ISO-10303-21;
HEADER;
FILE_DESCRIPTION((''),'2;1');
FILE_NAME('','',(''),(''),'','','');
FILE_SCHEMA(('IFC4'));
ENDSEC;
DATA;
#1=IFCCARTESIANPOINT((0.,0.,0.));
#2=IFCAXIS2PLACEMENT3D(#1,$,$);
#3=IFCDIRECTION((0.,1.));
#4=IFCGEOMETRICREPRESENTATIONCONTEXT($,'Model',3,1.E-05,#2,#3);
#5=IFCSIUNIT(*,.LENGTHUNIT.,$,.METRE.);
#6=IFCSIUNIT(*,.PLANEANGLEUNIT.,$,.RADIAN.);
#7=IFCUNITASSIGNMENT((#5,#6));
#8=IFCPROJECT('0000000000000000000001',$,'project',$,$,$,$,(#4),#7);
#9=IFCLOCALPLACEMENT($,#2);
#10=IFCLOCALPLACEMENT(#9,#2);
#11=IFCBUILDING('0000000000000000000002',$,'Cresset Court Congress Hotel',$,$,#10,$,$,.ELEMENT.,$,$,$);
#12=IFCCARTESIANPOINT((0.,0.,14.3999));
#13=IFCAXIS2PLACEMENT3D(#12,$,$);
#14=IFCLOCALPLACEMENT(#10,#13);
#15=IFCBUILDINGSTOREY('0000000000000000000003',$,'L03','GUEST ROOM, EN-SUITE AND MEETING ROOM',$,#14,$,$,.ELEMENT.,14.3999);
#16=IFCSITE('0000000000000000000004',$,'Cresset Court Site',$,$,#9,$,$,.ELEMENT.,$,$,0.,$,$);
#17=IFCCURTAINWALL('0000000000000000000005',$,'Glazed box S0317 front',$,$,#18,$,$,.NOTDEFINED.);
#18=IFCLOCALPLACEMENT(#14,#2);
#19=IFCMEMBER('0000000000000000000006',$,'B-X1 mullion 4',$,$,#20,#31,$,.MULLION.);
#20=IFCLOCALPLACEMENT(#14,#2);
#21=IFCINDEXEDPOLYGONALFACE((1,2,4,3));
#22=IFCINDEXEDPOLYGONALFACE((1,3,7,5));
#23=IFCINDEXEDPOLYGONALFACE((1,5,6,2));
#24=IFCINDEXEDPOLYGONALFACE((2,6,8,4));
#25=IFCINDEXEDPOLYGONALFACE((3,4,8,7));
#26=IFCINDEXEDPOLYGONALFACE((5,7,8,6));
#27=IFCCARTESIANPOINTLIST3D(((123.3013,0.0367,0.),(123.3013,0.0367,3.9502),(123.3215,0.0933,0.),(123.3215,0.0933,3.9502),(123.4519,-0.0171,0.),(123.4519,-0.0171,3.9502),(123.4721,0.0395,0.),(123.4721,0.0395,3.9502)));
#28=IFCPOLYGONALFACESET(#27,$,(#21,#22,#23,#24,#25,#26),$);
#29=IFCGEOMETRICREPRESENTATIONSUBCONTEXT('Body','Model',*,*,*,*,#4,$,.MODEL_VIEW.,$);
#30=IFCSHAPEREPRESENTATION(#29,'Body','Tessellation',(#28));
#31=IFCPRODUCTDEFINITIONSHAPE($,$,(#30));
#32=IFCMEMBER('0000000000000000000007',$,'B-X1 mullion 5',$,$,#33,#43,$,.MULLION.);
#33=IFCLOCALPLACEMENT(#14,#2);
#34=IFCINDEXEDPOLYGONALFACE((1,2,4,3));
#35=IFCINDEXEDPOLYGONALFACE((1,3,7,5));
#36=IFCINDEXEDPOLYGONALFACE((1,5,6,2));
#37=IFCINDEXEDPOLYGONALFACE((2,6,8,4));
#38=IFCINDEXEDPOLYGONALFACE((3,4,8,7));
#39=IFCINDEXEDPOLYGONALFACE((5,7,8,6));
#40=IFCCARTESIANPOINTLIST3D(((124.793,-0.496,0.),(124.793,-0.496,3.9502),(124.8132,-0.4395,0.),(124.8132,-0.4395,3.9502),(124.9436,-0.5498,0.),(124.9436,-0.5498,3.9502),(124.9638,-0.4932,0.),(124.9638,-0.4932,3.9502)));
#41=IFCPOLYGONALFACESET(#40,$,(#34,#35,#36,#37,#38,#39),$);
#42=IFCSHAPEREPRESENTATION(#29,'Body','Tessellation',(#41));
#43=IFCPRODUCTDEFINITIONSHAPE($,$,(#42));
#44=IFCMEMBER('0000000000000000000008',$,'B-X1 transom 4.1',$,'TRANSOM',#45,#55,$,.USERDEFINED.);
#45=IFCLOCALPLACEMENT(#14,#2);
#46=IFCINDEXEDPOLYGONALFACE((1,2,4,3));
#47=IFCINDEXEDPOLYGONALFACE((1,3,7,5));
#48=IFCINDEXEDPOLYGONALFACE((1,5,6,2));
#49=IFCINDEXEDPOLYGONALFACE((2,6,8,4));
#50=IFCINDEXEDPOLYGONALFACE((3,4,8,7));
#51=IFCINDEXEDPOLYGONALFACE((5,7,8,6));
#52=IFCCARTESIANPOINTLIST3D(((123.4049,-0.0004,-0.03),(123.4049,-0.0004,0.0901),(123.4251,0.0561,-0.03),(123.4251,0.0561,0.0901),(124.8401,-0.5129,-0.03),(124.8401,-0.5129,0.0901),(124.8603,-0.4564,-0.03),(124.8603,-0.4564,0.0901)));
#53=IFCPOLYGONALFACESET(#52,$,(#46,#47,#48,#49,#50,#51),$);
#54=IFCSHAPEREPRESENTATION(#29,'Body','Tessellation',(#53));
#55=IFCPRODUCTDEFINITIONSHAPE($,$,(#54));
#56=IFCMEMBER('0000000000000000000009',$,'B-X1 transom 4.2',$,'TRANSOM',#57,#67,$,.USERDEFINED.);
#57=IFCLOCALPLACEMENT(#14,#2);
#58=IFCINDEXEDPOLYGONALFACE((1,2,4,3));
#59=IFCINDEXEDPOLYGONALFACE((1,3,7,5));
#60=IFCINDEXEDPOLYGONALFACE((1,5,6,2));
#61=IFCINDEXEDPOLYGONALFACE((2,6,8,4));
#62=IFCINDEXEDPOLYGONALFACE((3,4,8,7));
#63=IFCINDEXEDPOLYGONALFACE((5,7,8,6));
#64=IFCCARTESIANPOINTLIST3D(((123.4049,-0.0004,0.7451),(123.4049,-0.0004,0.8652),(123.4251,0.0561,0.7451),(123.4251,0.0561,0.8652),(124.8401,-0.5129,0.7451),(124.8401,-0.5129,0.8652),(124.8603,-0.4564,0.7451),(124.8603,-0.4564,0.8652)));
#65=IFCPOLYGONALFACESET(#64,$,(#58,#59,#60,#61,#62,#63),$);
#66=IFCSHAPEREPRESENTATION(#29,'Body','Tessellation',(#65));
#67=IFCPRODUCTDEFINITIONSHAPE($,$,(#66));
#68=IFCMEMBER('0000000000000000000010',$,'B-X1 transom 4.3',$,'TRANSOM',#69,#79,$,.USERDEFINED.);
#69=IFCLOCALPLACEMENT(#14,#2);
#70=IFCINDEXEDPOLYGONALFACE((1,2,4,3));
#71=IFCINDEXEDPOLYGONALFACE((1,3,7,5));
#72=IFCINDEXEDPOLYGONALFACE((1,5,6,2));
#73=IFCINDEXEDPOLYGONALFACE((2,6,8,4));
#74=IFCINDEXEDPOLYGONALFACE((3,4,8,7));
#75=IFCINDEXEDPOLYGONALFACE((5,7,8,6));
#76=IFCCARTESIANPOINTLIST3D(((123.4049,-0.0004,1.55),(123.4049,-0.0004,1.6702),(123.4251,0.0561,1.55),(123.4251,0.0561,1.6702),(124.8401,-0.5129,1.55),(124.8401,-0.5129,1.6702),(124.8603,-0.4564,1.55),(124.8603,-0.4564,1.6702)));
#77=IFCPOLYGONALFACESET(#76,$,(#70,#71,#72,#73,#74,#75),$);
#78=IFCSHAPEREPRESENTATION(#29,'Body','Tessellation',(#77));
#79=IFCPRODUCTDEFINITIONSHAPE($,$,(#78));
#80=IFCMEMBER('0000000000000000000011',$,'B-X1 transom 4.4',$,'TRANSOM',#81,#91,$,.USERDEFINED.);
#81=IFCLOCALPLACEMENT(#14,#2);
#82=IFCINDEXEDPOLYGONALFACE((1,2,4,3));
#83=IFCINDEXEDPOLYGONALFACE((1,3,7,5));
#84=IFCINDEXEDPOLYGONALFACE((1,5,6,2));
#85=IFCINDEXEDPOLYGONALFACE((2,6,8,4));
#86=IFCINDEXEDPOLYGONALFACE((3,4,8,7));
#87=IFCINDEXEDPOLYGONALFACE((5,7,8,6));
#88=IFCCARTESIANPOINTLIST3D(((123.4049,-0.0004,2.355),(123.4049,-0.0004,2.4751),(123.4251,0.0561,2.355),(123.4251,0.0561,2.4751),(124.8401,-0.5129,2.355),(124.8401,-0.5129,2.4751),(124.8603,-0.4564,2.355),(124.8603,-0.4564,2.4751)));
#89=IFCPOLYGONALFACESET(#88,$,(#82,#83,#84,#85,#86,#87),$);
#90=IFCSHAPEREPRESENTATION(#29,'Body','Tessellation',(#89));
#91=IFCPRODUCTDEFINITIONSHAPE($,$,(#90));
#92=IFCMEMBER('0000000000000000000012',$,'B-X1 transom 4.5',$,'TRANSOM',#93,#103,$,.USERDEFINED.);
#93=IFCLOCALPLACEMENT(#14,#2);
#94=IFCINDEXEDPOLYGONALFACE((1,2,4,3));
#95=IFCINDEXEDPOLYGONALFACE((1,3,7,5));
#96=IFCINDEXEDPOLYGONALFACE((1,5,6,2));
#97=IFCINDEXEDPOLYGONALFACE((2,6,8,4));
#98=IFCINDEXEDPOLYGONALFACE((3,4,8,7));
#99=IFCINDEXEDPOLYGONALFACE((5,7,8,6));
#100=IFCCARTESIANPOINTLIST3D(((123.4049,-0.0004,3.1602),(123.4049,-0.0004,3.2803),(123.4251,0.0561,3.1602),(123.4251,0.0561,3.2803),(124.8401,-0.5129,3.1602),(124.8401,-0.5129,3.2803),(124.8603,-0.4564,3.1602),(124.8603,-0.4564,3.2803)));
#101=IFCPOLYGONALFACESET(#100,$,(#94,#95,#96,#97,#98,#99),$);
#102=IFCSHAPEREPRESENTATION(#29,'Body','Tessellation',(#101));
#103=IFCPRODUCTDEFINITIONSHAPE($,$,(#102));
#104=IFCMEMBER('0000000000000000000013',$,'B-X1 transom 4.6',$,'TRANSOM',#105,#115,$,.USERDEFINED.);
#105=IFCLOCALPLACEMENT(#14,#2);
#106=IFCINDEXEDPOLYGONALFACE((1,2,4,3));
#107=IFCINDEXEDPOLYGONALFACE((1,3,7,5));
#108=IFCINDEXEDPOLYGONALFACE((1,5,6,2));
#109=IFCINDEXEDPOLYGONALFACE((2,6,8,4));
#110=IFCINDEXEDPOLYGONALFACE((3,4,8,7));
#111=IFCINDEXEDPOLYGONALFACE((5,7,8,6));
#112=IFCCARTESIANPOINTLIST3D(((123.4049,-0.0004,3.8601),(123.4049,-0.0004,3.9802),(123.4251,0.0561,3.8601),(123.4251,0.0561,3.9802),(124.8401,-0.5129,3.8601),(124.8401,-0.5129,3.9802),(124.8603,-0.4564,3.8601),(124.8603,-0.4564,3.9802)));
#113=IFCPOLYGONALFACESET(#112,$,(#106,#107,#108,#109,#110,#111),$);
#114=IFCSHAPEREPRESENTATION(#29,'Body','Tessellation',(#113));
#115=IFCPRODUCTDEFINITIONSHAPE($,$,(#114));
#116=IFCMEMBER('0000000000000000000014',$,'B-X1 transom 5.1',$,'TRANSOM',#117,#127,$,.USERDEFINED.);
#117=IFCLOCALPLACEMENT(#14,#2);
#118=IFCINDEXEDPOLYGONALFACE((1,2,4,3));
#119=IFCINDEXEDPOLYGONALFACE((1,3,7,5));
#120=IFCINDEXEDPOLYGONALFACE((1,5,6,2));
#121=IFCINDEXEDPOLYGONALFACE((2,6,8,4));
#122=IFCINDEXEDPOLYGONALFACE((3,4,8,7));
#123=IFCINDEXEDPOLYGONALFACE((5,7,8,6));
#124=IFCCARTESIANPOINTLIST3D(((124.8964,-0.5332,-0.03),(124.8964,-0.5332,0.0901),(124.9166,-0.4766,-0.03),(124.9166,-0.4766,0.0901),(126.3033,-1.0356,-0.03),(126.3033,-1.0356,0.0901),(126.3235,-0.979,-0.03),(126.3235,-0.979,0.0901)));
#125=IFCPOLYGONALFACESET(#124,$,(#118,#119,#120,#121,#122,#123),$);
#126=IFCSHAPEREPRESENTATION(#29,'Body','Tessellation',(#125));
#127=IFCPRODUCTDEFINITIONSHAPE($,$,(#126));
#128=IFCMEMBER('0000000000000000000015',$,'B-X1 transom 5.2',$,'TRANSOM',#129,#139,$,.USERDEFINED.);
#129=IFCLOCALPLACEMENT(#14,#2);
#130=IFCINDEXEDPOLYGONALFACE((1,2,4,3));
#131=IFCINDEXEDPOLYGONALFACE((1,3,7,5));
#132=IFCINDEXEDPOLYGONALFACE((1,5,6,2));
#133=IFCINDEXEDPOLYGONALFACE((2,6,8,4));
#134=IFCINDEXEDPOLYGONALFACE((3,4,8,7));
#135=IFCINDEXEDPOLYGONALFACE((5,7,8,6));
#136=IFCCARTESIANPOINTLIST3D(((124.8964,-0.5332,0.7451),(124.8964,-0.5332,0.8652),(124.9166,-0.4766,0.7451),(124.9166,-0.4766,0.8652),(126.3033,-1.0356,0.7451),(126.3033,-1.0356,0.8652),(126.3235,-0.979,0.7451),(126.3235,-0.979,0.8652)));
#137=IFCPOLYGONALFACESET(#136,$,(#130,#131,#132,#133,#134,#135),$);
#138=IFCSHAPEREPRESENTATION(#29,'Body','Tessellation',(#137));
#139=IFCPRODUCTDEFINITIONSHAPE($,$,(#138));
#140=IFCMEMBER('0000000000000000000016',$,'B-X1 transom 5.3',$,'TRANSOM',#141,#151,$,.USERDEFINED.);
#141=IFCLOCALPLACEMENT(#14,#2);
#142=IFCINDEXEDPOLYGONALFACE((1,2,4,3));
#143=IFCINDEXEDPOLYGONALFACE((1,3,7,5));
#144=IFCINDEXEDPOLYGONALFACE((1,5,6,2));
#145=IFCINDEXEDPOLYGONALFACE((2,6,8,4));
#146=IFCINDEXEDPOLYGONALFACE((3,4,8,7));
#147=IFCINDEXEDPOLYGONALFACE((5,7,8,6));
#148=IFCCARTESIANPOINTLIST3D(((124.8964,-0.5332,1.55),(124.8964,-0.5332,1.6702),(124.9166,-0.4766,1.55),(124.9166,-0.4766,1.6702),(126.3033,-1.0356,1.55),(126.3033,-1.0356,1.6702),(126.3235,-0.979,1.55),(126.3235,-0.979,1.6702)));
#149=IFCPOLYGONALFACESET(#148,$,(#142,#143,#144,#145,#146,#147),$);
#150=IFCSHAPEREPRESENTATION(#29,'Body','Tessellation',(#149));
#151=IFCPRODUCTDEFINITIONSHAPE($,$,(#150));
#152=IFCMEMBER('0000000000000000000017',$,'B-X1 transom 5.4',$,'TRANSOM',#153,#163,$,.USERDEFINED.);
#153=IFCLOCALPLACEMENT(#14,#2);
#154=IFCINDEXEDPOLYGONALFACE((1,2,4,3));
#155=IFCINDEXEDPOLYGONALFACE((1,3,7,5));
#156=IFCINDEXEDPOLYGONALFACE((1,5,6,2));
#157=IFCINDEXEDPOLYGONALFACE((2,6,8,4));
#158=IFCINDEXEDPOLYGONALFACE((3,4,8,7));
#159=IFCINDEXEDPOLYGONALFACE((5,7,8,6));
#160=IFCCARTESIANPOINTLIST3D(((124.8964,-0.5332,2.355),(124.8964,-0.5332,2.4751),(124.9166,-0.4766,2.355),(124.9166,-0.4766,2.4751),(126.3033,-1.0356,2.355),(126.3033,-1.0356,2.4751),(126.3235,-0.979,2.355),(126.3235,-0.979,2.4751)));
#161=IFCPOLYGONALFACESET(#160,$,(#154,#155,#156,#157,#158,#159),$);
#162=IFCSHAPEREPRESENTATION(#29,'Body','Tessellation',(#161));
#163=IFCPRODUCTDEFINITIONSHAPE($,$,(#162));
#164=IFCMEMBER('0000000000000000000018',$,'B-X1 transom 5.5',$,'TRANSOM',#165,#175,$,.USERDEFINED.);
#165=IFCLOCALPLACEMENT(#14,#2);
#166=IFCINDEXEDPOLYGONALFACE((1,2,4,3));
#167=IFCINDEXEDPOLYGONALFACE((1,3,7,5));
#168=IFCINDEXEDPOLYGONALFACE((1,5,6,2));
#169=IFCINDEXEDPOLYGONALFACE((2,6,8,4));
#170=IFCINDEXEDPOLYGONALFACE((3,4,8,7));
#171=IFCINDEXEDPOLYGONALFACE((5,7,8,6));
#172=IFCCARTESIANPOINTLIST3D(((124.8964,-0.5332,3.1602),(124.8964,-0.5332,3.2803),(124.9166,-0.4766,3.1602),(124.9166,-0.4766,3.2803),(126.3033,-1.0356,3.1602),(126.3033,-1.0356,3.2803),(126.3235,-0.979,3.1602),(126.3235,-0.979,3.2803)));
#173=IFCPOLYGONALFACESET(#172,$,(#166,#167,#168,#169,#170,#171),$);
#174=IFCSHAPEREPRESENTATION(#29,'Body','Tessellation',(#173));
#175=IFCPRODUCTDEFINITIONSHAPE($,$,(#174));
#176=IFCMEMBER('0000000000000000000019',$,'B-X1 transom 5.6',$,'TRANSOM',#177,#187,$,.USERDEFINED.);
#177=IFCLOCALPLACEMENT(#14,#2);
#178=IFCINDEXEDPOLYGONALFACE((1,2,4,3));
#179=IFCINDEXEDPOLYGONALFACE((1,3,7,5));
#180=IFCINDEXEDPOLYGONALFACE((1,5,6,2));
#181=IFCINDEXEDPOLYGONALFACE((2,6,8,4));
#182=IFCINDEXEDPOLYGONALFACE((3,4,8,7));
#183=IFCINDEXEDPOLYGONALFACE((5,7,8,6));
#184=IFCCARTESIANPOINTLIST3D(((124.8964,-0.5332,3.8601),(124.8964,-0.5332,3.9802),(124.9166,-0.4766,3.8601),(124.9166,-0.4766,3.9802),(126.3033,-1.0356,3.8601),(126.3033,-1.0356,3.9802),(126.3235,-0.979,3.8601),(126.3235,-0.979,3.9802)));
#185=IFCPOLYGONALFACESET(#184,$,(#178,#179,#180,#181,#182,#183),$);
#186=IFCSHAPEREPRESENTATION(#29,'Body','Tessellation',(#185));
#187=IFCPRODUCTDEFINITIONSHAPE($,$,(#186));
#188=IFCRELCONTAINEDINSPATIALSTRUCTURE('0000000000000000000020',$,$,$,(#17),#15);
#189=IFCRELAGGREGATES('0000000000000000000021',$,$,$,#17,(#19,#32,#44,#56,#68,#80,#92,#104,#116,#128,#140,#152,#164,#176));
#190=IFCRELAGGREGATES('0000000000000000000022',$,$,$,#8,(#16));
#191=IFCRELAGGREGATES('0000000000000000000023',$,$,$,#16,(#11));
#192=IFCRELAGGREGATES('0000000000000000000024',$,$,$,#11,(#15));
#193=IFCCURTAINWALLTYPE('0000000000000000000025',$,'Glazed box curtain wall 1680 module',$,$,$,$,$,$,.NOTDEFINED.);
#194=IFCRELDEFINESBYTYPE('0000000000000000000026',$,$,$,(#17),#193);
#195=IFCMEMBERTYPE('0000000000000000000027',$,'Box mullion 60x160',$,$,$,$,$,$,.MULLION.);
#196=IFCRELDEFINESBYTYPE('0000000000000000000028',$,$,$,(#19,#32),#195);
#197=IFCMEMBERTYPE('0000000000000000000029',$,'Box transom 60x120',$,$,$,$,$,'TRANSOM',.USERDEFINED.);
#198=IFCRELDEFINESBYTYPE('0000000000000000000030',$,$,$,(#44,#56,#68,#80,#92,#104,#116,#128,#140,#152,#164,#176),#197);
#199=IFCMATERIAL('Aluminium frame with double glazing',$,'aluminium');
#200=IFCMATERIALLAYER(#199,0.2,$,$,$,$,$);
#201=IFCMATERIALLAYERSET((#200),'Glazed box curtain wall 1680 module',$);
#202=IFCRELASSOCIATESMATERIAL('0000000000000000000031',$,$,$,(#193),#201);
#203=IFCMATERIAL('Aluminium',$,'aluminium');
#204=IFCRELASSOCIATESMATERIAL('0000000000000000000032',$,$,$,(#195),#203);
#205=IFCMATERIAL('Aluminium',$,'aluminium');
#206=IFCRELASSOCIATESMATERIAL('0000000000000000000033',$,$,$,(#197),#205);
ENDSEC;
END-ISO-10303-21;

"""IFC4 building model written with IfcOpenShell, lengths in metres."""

from ifc_helpers import new_model, si_unit, direction, frame, origin, origin_2d, place, context, subcontext, project, spatial, rectangle, extrude, material, layer, layer_set, material_profile, profile_set, type_object, element, aggregate, save


model = new_model("IFC4")

# Units and contexts
model_context = context("Model", 3, precision=1e-05, world=origin(), true_north=direction((0.0, 1.0)))
body_context = subcontext(model_context, "Body", "Model", "MODEL_VIEW")
ifc_project = project(units=[si_unit("LENGTHUNIT", "METRE"), si_unit("PLANEANGLEUNIT", "RADIAN")], contexts=[model_context])

# Site, building, storey
site_placement = place(None, origin())
site = spatial("IfcSite", under=ifc_project, at=site_placement, Name="Cresset Court Site", CompositionType="ELEMENT", RefElevation=0.0)
building_placement = place(site_placement, origin())
building = spatial("IfcBuilding", under=site, at=building_placement, Name="Cresset Court Congress Hotel", CompositionType="ELEMENT")
storey_placement = place(building_placement, frame((0.0, 0.0, 14.3999)))
storey = spatial("IfcBuildingStorey", under=building, at=storey_placement, Name="L03", Description="GUEST ROOM, EN-SUITE AND MEETING ROOM", CompositionType="ELEMENT", Elevation=14.3999)

# Curtain wall, members
ifc_material_1 = material(Name="Aluminium frame with double glazing", Category="aluminium")
ifc_layer_1 = layer(ifc_material_1, 0.2)
ifc_layer_set_1 = layer_set([ifc_layer_1], Name="Glazed box curtain wall 1680 module")
curtain_wall_type = type_object("IfcCurtainWallType", Name="Glazed box curtain wall 1680 module", PredefinedType="NOTDEFINED", material=ifc_layer_set_1)
curtain_wall_placement = place(storey_placement, origin())
curtain_wall = element("IfcCurtainWall", 1, at=curtain_wall_placement, inside=storey, type_object=curtain_wall_type, Name="Glazed box S0317 front", PredefinedType="NOTDEFINED")
ifc_material_2 = material(Name="Aluminium", Category="aluminium")
ifc_material_profile_1 = material_profile(ifc_material_2, rectangle(XDim=0.0601, YDim=0.1599, at=origin_2d()), Name="Box mullion 60x160")
ifc_profile_set_1 = profile_set([ifc_material_profile_1], Name="Aluminium")
member_type_1 = type_object("IfcMemberType", Name="Box mullion 60x160", PredefinedType="MULLION", material=ifc_profile_set_1)
member_1_placement = place(storey_placement, frame((123.3867, 0.0381, 0.0), z_axis=(0.0, 0.0, 1.0), x_axis=(0.336336, 0.941742, 0.0)))
member_1 = element("IfcMember", 2, at=member_1_placement, type_object=member_type_1, Name="B-X1 mullion 4", PredefinedType="MULLION", context=body_context, shape_type="SweptSolid", body=[
    extrude(rectangle(XDim=0.0601, YDim=0.1599, at=origin_2d()), origin(), (0.0, 0.0, 1.0), 3.9502),
])
member_2_placement = place(storey_placement, frame((124.8784, -0.4946, 0.0), z_axis=(0.0, 0.0, 1.0), x_axis=(0.336336, 0.941742, 0.0)))
member_2 = element("IfcMember", 3, at=member_2_placement, type_object=member_type_1, Name="B-X1 mullion 5", PredefinedType="MULLION", context=body_context, shape_type="SweptSolid", body=[
    extrude(rectangle(XDim=0.0601, YDim=0.1599, at=origin_2d()), origin(), (0.0, 0.0, 1.0), 3.9502),
])
ifc_material_3 = material(Name="Aluminium", Category="aluminium")
ifc_material_profile_2 = material_profile(ifc_material_3, rectangle(XDim=0.0601, YDim=0.1201, at=origin_2d()), Name="Box transom 60x120")
ifc_profile_set_2 = profile_set([ifc_material_profile_2], Name="Aluminium")
member_type_2 = type_object("IfcMemberType", Name="Box transom 60x120", ElementType="TRANSOM", PredefinedType="USERDEFINED", material=ifc_profile_set_2)
member_3_placement = place(storey_placement, frame((123.415, 0.0278, 0.03), z_axis=(0.941756, -0.336296, 0.0), x_axis=(0.336296, 0.941756, 0.0)))
member_3 = element("IfcMember", 4, at=member_3_placement, type_object=member_type_2, Name="B-X1 transom 4.1", ObjectType="TRANSOM", PredefinedType="USERDEFINED", context=body_context, shape_type="SweptSolid", body=[
    extrude(rectangle(XDim=0.0601, YDim=0.1201, at=origin_2d()), origin(), (0.0, 0.0, 1.0), 1.5239),
])
member_4_placement = place(storey_placement, frame((123.415, 0.0278, 0.8052), z_axis=(0.941756, -0.336296, 0.0), x_axis=(0.336296, 0.941756, 0.0)))
member_4 = element("IfcMember", 5, at=member_4_placement, type_object=member_type_2, Name="B-X1 transom 4.2", ObjectType="TRANSOM", PredefinedType="USERDEFINED", context=body_context, shape_type="SweptSolid", body=[
    extrude(rectangle(XDim=0.0601, YDim=0.1201, at=origin_2d()), origin(), (0.0, 0.0, 1.0), 1.5239),
])
member_5_placement = place(storey_placement, frame((123.415, 0.0278, 1.6101), z_axis=(0.941756, -0.336296, 0.0), x_axis=(0.336296, 0.941756, 0.0)))
member_5 = element("IfcMember", 6, at=member_5_placement, type_object=member_type_2, Name="B-X1 transom 4.3", ObjectType="TRANSOM", PredefinedType="USERDEFINED", context=body_context, shape_type="SweptSolid", body=[
    extrude(rectangle(XDim=0.0601, YDim=0.1201, at=origin_2d()), origin(), (0.0, 0.0, 1.0), 1.5239),
])
member_6_placement = place(storey_placement, frame((123.415, 0.0278, 2.415), z_axis=(0.941756, -0.336296, 0.0), x_axis=(0.336296, 0.941756, 0.0)))
member_6 = element("IfcMember", 7, at=member_6_placement, type_object=member_type_2, Name="B-X1 transom 4.4", ObjectType="TRANSOM", PredefinedType="USERDEFINED", context=body_context, shape_type="SweptSolid", body=[
    extrude(rectangle(XDim=0.0601, YDim=0.1201, at=origin_2d()), origin(), (0.0, 0.0, 1.0), 1.5239),
])
member_7_placement = place(storey_placement, frame((123.415, 0.0278, 3.2202), z_axis=(0.941756, -0.336296, 0.0), x_axis=(0.336296, 0.941756, 0.0)))
member_7 = element("IfcMember", 8, at=member_7_placement, type_object=member_type_2, Name="B-X1 transom 4.5", ObjectType="TRANSOM", PredefinedType="USERDEFINED", context=body_context, shape_type="SweptSolid", body=[
    extrude(rectangle(XDim=0.0601, YDim=0.1201, at=origin_2d()), origin(), (0.0, 0.0, 1.0), 1.5239),
])
member_8_placement = place(storey_placement, frame((123.415, 0.0278, 3.9202), z_axis=(0.941756, -0.336296, 0.0), x_axis=(0.336296, 0.941756, 0.0)))
member_8 = element("IfcMember", 9, at=member_8_placement, type_object=member_type_2, Name="B-X1 transom 4.6", ObjectType="TRANSOM", PredefinedType="USERDEFINED", context=body_context, shape_type="SweptSolid", body=[
    extrude(rectangle(XDim=0.0601, YDim=0.1201, at=origin_2d()), origin(), (0.0, 0.0, 1.0), 1.5239),
])
member_9_placement = place(storey_placement, frame((124.9065, -0.5049, 0.03), z_axis=(0.941753, -0.336305, 0.0), x_axis=(0.336305, 0.941753, 0.0)))
member_9 = element("IfcMember", 10, at=member_9_placement, type_object=member_type_2, Name="B-X1 transom 5.1", ObjectType="TRANSOM", PredefinedType="USERDEFINED", context=body_context, shape_type="SweptSolid", body=[
    extrude(rectangle(XDim=0.0601, YDim=0.1201, at=origin_2d()), origin(), (0.0, 0.0, 1.0), 1.4939),
])
member_10_placement = place(storey_placement, frame((124.9065, -0.5049, 0.8052), z_axis=(0.941753, -0.336305, 0.0), x_axis=(0.336305, 0.941753, 0.0)))
member_10 = element("IfcMember", 11, at=member_10_placement, type_object=member_type_2, Name="B-X1 transom 5.2", ObjectType="TRANSOM", PredefinedType="USERDEFINED", context=body_context, shape_type="SweptSolid", body=[
    extrude(rectangle(XDim=0.0601, YDim=0.1201, at=origin_2d()), origin(), (0.0, 0.0, 1.0), 1.4939),
])
member_11_placement = place(storey_placement, frame((124.9065, -0.5049, 1.6101), z_axis=(0.941753, -0.336305, 0.0), x_axis=(0.336305, 0.941753, 0.0)))
member_11 = element("IfcMember", 12, at=member_11_placement, type_object=member_type_2, Name="B-X1 transom 5.3", ObjectType="TRANSOM", PredefinedType="USERDEFINED", context=body_context, shape_type="SweptSolid", body=[
    extrude(rectangle(XDim=0.0601, YDim=0.1201, at=origin_2d()), origin(), (0.0, 0.0, 1.0), 1.4939),
])
member_12_placement = place(storey_placement, frame((124.9065, -0.5049, 2.415), z_axis=(0.941753, -0.336305, 0.0), x_axis=(0.336305, 0.941753, 0.0)))
member_12 = element("IfcMember", 13, at=member_12_placement, type_object=member_type_2, Name="B-X1 transom 5.4", ObjectType="TRANSOM", PredefinedType="USERDEFINED", context=body_context, shape_type="SweptSolid", body=[
    extrude(rectangle(XDim=0.0601, YDim=0.1201, at=origin_2d()), origin(), (0.0, 0.0, 1.0), 1.4939),
])
member_13_placement = place(storey_placement, frame((124.9065, -0.5049, 3.2202), z_axis=(0.941753, -0.336305, 0.0), x_axis=(0.336305, 0.941753, 0.0)))
member_13 = element("IfcMember", 14, at=member_13_placement, type_object=member_type_2, Name="B-X1 transom 5.5", ObjectType="TRANSOM", PredefinedType="USERDEFINED", context=body_context, shape_type="SweptSolid", body=[
    extrude(rectangle(XDim=0.0601, YDim=0.1201, at=origin_2d()), origin(), (0.0, 0.0, 1.0), 1.4939),
])
member_14_placement = place(storey_placement, frame((124.9065, -0.5049, 3.9202), z_axis=(0.941753, -0.336305, 0.0), x_axis=(0.336305, 0.941753, 0.0)))
member_14 = element("IfcMember", 15, at=member_14_placement, type_object=member_type_2, Name="B-X1 transom 5.6", ObjectType="TRANSOM", PredefinedType="USERDEFINED", context=body_context, shape_type="SweptSolid", body=[
    extrude(rectangle(XDim=0.0601, YDim=0.1201, at=origin_2d()), origin(), (0.0, 0.0, 1.0), 1.4939),
])
aggregate(curtain_wall, [member_1, member_2, member_3, member_4, member_5, member_6, member_7, member_8, member_9, member_10, member_11, member_12, member_13, member_14])

save(model, "model.ifc")
